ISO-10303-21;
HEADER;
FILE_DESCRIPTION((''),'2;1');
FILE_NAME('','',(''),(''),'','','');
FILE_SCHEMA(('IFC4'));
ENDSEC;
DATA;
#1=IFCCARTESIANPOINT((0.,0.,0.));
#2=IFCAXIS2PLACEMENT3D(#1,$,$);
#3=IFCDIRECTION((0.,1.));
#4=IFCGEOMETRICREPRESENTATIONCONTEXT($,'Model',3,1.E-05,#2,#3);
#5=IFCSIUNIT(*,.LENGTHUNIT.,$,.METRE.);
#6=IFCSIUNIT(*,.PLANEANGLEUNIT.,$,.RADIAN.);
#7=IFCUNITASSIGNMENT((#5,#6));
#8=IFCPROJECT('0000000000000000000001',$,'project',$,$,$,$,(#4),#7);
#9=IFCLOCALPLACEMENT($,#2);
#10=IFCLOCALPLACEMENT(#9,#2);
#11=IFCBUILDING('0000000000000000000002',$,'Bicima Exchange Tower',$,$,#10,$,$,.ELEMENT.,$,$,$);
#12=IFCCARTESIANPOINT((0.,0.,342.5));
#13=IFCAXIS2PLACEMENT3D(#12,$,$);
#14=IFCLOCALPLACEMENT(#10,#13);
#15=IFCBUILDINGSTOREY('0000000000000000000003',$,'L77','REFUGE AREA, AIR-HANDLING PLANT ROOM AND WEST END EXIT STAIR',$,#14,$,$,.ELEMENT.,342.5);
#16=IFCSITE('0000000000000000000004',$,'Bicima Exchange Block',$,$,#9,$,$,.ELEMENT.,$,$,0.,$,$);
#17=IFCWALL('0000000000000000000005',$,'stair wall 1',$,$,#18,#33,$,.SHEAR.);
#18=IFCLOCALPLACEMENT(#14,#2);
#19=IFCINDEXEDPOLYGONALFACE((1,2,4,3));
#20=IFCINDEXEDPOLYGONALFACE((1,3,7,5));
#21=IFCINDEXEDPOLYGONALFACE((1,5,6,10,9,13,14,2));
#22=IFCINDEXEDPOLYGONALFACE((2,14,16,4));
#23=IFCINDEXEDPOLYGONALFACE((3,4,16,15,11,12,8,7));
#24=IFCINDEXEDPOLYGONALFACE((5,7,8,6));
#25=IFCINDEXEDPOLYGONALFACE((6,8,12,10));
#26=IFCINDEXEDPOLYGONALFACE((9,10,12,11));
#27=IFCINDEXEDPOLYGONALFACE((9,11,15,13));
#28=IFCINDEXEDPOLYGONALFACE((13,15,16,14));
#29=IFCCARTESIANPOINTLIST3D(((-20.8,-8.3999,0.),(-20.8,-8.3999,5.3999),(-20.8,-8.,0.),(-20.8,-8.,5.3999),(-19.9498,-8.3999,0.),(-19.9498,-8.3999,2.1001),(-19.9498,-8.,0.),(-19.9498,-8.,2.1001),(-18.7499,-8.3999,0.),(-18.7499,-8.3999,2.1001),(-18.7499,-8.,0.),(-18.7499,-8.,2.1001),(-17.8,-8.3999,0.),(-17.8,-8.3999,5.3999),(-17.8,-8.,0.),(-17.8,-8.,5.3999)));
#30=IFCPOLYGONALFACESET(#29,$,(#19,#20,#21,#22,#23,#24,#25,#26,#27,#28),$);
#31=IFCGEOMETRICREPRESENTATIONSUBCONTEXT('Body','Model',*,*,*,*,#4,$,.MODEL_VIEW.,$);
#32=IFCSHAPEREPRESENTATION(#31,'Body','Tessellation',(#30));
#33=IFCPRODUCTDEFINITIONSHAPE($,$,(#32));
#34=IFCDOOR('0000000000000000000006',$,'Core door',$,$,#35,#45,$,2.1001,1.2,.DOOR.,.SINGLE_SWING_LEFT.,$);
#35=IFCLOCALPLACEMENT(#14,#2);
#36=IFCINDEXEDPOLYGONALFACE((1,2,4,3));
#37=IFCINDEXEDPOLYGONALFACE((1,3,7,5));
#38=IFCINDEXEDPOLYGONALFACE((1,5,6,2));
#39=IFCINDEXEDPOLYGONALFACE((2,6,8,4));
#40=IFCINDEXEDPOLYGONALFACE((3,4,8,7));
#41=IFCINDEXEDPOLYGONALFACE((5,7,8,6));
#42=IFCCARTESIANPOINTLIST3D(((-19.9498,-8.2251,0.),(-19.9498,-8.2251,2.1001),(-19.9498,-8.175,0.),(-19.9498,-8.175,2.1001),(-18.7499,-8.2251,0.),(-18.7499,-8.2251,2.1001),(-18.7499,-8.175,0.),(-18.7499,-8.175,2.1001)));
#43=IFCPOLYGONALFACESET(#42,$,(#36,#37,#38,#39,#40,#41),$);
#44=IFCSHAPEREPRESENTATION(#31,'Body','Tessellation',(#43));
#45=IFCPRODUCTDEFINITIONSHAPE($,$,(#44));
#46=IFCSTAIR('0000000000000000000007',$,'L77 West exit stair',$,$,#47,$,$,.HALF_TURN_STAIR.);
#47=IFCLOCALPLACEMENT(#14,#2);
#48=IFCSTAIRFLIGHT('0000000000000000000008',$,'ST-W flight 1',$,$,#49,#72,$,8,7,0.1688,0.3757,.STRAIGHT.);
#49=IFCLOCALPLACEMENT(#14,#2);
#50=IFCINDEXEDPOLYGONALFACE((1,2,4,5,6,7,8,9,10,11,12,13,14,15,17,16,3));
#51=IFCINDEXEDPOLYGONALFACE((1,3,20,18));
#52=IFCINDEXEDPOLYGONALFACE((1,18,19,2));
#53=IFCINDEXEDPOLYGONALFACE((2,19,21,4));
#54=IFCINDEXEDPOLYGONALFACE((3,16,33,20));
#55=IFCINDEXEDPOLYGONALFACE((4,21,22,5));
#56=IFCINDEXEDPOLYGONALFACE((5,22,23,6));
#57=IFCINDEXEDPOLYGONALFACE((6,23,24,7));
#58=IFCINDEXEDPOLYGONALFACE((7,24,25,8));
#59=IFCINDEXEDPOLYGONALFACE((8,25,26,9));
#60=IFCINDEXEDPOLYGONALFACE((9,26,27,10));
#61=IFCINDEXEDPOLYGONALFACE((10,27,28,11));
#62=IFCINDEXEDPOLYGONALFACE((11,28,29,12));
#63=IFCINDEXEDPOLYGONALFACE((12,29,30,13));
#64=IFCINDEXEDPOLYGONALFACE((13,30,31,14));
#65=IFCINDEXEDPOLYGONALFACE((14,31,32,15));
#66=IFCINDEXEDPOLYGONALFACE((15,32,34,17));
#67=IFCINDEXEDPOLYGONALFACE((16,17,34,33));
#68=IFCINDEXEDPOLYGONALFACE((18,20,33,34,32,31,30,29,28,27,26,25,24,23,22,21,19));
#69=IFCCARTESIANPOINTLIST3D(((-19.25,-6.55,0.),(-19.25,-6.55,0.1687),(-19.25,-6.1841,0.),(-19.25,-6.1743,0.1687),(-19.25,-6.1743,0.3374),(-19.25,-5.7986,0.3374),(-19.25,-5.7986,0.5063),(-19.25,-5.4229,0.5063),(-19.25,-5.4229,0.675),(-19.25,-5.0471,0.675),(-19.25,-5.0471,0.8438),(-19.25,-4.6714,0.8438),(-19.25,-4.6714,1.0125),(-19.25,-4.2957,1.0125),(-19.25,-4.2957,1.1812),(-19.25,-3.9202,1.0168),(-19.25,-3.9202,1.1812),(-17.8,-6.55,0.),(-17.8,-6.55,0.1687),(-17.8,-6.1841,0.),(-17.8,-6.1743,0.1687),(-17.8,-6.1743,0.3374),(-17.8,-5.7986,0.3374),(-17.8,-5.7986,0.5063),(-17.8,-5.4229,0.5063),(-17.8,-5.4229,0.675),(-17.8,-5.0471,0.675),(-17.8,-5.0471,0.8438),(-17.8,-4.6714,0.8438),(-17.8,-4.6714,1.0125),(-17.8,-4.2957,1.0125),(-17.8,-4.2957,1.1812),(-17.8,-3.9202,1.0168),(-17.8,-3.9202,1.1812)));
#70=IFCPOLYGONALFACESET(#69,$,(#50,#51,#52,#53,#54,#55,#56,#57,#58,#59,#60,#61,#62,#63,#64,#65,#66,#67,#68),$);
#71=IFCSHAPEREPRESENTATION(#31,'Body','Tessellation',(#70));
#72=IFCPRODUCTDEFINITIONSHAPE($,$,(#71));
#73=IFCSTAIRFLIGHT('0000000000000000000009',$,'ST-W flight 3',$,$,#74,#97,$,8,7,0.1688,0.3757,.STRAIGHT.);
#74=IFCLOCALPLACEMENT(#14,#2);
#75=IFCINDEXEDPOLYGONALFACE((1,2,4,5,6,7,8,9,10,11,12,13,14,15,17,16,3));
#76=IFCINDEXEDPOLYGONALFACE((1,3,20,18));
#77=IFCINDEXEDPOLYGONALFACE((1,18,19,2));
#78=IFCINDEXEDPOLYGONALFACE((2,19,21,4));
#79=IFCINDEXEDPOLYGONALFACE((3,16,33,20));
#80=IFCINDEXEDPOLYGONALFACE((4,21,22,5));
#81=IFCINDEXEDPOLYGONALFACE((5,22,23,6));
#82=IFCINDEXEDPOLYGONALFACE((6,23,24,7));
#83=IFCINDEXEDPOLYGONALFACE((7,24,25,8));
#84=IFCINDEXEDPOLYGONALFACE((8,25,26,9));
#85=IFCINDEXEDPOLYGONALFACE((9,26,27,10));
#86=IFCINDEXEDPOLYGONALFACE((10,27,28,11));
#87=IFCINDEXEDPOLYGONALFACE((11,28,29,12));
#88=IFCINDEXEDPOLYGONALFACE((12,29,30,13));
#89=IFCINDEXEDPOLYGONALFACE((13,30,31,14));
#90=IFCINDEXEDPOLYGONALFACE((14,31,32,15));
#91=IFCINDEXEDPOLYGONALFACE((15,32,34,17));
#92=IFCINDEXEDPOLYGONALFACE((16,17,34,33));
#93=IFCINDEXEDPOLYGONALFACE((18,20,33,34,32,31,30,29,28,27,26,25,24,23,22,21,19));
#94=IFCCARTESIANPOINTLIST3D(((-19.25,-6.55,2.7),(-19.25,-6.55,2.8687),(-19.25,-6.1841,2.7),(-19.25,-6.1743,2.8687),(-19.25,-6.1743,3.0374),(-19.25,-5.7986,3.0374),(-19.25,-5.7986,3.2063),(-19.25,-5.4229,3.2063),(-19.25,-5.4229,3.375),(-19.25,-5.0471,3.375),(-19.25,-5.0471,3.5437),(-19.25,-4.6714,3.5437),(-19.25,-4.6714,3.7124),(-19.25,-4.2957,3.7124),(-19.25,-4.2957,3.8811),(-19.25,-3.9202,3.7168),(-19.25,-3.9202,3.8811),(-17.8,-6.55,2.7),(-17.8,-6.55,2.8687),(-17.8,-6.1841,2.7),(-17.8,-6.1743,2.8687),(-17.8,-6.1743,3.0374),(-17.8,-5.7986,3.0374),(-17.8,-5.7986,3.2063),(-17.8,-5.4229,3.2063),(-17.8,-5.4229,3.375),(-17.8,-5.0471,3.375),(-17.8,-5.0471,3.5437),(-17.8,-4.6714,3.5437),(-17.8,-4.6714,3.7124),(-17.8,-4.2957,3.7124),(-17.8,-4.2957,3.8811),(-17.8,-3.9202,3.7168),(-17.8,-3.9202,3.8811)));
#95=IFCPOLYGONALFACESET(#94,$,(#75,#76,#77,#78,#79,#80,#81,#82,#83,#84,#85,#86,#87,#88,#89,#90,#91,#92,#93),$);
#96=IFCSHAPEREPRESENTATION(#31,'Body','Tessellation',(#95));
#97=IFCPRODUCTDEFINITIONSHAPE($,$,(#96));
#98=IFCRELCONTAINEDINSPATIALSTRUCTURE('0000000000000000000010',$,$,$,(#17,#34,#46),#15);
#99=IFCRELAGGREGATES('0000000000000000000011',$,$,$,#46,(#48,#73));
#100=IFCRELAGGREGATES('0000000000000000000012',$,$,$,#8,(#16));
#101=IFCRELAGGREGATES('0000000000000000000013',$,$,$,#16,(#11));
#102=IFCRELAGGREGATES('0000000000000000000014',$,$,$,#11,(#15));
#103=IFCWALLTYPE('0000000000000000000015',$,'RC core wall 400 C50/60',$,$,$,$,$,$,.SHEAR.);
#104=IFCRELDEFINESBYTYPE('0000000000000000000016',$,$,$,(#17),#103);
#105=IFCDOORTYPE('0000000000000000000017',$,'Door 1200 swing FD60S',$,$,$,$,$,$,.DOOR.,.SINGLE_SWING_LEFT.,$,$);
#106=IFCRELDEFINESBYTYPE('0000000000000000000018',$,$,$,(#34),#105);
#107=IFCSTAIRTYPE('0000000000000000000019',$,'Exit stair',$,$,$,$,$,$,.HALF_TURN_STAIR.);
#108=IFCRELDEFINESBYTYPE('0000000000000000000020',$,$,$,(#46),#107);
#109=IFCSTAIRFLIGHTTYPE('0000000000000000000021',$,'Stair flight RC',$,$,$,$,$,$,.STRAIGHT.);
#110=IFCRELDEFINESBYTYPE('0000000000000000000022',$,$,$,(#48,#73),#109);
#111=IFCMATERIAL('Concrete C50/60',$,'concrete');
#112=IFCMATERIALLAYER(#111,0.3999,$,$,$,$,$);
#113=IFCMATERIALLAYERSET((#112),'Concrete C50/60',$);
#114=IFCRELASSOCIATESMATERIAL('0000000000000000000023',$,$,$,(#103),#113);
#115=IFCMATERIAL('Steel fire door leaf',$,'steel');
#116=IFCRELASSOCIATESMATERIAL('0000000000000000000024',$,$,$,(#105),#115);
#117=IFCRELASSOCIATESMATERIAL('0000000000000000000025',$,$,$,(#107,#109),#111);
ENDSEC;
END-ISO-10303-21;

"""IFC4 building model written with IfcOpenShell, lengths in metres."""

from ifc_helpers import new_model, si_unit, direction, frame, frame_2d, origin, place, context, subcontext, project, spatial, polyline, rectangle, outline, extrude, material, layer, layer_set, type_object, element, fill, aggregate, save


model = new_model("IFC4")

# Units and contexts
model_context = context("Model", 3, precision=1e-05, world=origin(), true_north=direction((0.0, 1.0)))
body_context = subcontext(model_context, "Body", "Model", "MODEL_VIEW")
ifc_project = project(units=[si_unit("LENGTHUNIT", "METRE"), si_unit("PLANEANGLEUNIT", "RADIAN")], contexts=[model_context])

# Site, building, storey
site_placement = place(None, origin())
site = spatial("IfcSite", under=ifc_project, at=site_placement, Name="Bicima Exchange Block", CompositionType="ELEMENT", RefElevation=0.0)
building_placement = place(site_placement, origin())
building = spatial("IfcBuilding", under=site, at=building_placement, Name="Bicima Exchange Tower", CompositionType="ELEMENT")
storey_placement = place(building_placement, frame((0.0, 0.0, 342.5)))
storey = spatial("IfcBuildingStorey", under=building, at=storey_placement, Name="L77", Description="REFUGE AREA, AIR-HANDLING PLANT ROOM AND WEST END EXIT STAIR", CompositionType="ELEMENT", Elevation=342.5)

# Wall, opening, door
ifc_material_1 = material(Name="Concrete C50/60", Category="concrete")
ifc_layer_1 = layer(ifc_material_1, 0.3999)
ifc_layer_set_1 = layer_set([ifc_layer_1], Name="Concrete C50/60")
wall_type_1 = type_object("IfcWallType", Name="RC core wall 400 C50/60", PredefinedType="SHEAR", material=ifc_layer_set_1)
wall_1_placement = place(storey_placement, frame((-20.8, -8.2, 0.0), z_axis=(0.0, 0.0, 1.0), x_axis=(1.0, 0.0, 0.0)))
wall_1 = element("IfcWall", 1, at=wall_1_placement, inside=storey, type_object=wall_type_1, Name="stair wall 1", PredefinedType="SHEAR", context=body_context, shape_type="SweptSolid", body=[
    extrude(rectangle(XDim=3.0, YDim=0.3999, at=frame_2d((1.5, 0.0))), origin(), (0.0, 0.0, 1.0), 5.3999),
])
opening_1_placement = place(wall_1_placement, frame((0.8501, 0.0, 0.0)))
opening_1 = element("IfcOpeningElement", 2, at=opening_1_placement, cuts=wall_1, PredefinedType="OPENING", context=body_context, shape_type="SweptSolid", body=[
    extrude(rectangle(XDim=1.2, YDim=2.1001, at=frame_2d((0.6001, 1.05))), frame((0.0, 0.2119, 0.0), z_axis=(0.0, -1.0, 0.0), x_axis=(1.0, 0.0, 0.0)), (0.0, 0.0, 1.0), 0.4238),
])
ifc_material_2 = material(Name="Steel fire door leaf", Category="steel")
door_type_1 = type_object("IfcDoorType", Name="Door 1200 swing FD60S", OperationType="SINGLE_SWING_LEFT", PredefinedType="DOOR", material=ifc_material_2)
door_1_placement = place(opening_1_placement, origin())
door_1 = element("IfcDoor", 3, at=door_1_placement, inside=storey, type_object=door_type_1, Name="Core door", OperationType="SINGLE_SWING_LEFT", OverallHeight=2.1001, OverallWidth=1.2, PredefinedType="DOOR", context=body_context, shape_type="SweptSolid", body=[
    extrude(rectangle(XDim=1.2, YDim=2.1001, at=frame_2d((0.6001, 1.05))), frame((0.0, 0.0249, 0.0), z_axis=(0.0, -1.0, 0.0), x_axis=(1.0, 0.0, 0.0)), (0.0, 0.0, 1.0), 0.05),
])
fill(opening_1, door_1)

# Stair, stair flights
stair_type = type_object("IfcStairType", Name="Exit stair", PredefinedType="HALF_TURN_STAIR", material=ifc_material_1)
stair_placement = place(storey_placement, origin())
stair = element("IfcStair", 4, at=stair_placement, inside=storey, type_object=stair_type, Name="L77 West exit stair", PredefinedType="HALF_TURN_STAIR")
stair_flight_type = type_object("IfcStairFlightType", Name="Stair flight RC", PredefinedType="STRAIGHT", material=ifc_material_1)
stair_flight_1_placement = place(storey_placement, frame((-18.5249, -6.55, 0.0), z_axis=(0.0, 0.0, 1.0), x_axis=(0.0, 1.0, 0.0)))
stair_flight_1 = element("IfcStairFlight", 5, at=stair_flight_1_placement, type_object=stair_flight_type, Name="ST-W flight 1", NumberOfRisers=8, NumberOfTreads=7, PredefinedType="STRAIGHT", RiserHeight=0.1688, TreadLength=0.3757, context=body_context, shape_type="SweptSolid", body=[
    extrude(outline(polyline([(0.0, 0.0), (0.0, 0.1687), (0.3757, 0.1687), (0.3757, 0.3374), (0.7515, 0.3374), (0.7515, 0.5063), (1.1272, 0.5063), (1.1272, 0.675), (1.5029, 0.675), (1.5029, 0.8438), (1.8787, 0.8438), (1.8787, 1.0125), (2.2544, 1.0125), (2.2544, 1.1812), (2.6299, 1.1812), (2.6299, 1.3501), (2.6299, 1.0168), (0.366, 0.0), (0.0, 0.0)])), frame((0.0, 0.7251, 0.0), z_axis=(0.0, -1.0, 0.0), x_axis=(1.0, 0.0, 0.0)), (0.0, 0.0, 1.0), 1.45),
])
stair_flight_2_placement = place(storey_placement, frame((-18.5249, -6.55, 2.7), z_axis=(0.0, 0.0, 1.0), x_axis=(0.0, 1.0, 0.0)))
stair_flight_2 = element("IfcStairFlight", 6, at=stair_flight_2_placement, type_object=stair_flight_type, Name="ST-W flight 3", NumberOfRisers=8, NumberOfTreads=7, PredefinedType="STRAIGHT", RiserHeight=0.1688, TreadLength=0.3757, context=body_context, shape_type="SweptSolid", body=[
    extrude(outline(polyline([(0.0, 0.0), (0.0, 0.1687), (0.3757, 0.1687), (0.3757, 0.3374), (0.7515, 0.3374), (0.7515, 0.5063), (1.1272, 0.5063), (1.1272, 0.675), (1.5029, 0.675), (1.5029, 0.8438), (1.8787, 0.8438), (1.8787, 1.0125), (2.2544, 1.0125), (2.2544, 1.1812), (2.6299, 1.1812), (2.6299, 1.3501), (2.6299, 1.0168), (0.366, 0.0), (0.0, 0.0)])), frame((0.0, 0.7251, 0.0), z_axis=(0.0, -1.0, 0.0), x_axis=(1.0, 0.0, 0.0)), (0.0, 0.0, 1.0), 1.45),
])
aggregate(stair, [stair_flight_1, stair_flight_2])

save(model, "model.ifc")
